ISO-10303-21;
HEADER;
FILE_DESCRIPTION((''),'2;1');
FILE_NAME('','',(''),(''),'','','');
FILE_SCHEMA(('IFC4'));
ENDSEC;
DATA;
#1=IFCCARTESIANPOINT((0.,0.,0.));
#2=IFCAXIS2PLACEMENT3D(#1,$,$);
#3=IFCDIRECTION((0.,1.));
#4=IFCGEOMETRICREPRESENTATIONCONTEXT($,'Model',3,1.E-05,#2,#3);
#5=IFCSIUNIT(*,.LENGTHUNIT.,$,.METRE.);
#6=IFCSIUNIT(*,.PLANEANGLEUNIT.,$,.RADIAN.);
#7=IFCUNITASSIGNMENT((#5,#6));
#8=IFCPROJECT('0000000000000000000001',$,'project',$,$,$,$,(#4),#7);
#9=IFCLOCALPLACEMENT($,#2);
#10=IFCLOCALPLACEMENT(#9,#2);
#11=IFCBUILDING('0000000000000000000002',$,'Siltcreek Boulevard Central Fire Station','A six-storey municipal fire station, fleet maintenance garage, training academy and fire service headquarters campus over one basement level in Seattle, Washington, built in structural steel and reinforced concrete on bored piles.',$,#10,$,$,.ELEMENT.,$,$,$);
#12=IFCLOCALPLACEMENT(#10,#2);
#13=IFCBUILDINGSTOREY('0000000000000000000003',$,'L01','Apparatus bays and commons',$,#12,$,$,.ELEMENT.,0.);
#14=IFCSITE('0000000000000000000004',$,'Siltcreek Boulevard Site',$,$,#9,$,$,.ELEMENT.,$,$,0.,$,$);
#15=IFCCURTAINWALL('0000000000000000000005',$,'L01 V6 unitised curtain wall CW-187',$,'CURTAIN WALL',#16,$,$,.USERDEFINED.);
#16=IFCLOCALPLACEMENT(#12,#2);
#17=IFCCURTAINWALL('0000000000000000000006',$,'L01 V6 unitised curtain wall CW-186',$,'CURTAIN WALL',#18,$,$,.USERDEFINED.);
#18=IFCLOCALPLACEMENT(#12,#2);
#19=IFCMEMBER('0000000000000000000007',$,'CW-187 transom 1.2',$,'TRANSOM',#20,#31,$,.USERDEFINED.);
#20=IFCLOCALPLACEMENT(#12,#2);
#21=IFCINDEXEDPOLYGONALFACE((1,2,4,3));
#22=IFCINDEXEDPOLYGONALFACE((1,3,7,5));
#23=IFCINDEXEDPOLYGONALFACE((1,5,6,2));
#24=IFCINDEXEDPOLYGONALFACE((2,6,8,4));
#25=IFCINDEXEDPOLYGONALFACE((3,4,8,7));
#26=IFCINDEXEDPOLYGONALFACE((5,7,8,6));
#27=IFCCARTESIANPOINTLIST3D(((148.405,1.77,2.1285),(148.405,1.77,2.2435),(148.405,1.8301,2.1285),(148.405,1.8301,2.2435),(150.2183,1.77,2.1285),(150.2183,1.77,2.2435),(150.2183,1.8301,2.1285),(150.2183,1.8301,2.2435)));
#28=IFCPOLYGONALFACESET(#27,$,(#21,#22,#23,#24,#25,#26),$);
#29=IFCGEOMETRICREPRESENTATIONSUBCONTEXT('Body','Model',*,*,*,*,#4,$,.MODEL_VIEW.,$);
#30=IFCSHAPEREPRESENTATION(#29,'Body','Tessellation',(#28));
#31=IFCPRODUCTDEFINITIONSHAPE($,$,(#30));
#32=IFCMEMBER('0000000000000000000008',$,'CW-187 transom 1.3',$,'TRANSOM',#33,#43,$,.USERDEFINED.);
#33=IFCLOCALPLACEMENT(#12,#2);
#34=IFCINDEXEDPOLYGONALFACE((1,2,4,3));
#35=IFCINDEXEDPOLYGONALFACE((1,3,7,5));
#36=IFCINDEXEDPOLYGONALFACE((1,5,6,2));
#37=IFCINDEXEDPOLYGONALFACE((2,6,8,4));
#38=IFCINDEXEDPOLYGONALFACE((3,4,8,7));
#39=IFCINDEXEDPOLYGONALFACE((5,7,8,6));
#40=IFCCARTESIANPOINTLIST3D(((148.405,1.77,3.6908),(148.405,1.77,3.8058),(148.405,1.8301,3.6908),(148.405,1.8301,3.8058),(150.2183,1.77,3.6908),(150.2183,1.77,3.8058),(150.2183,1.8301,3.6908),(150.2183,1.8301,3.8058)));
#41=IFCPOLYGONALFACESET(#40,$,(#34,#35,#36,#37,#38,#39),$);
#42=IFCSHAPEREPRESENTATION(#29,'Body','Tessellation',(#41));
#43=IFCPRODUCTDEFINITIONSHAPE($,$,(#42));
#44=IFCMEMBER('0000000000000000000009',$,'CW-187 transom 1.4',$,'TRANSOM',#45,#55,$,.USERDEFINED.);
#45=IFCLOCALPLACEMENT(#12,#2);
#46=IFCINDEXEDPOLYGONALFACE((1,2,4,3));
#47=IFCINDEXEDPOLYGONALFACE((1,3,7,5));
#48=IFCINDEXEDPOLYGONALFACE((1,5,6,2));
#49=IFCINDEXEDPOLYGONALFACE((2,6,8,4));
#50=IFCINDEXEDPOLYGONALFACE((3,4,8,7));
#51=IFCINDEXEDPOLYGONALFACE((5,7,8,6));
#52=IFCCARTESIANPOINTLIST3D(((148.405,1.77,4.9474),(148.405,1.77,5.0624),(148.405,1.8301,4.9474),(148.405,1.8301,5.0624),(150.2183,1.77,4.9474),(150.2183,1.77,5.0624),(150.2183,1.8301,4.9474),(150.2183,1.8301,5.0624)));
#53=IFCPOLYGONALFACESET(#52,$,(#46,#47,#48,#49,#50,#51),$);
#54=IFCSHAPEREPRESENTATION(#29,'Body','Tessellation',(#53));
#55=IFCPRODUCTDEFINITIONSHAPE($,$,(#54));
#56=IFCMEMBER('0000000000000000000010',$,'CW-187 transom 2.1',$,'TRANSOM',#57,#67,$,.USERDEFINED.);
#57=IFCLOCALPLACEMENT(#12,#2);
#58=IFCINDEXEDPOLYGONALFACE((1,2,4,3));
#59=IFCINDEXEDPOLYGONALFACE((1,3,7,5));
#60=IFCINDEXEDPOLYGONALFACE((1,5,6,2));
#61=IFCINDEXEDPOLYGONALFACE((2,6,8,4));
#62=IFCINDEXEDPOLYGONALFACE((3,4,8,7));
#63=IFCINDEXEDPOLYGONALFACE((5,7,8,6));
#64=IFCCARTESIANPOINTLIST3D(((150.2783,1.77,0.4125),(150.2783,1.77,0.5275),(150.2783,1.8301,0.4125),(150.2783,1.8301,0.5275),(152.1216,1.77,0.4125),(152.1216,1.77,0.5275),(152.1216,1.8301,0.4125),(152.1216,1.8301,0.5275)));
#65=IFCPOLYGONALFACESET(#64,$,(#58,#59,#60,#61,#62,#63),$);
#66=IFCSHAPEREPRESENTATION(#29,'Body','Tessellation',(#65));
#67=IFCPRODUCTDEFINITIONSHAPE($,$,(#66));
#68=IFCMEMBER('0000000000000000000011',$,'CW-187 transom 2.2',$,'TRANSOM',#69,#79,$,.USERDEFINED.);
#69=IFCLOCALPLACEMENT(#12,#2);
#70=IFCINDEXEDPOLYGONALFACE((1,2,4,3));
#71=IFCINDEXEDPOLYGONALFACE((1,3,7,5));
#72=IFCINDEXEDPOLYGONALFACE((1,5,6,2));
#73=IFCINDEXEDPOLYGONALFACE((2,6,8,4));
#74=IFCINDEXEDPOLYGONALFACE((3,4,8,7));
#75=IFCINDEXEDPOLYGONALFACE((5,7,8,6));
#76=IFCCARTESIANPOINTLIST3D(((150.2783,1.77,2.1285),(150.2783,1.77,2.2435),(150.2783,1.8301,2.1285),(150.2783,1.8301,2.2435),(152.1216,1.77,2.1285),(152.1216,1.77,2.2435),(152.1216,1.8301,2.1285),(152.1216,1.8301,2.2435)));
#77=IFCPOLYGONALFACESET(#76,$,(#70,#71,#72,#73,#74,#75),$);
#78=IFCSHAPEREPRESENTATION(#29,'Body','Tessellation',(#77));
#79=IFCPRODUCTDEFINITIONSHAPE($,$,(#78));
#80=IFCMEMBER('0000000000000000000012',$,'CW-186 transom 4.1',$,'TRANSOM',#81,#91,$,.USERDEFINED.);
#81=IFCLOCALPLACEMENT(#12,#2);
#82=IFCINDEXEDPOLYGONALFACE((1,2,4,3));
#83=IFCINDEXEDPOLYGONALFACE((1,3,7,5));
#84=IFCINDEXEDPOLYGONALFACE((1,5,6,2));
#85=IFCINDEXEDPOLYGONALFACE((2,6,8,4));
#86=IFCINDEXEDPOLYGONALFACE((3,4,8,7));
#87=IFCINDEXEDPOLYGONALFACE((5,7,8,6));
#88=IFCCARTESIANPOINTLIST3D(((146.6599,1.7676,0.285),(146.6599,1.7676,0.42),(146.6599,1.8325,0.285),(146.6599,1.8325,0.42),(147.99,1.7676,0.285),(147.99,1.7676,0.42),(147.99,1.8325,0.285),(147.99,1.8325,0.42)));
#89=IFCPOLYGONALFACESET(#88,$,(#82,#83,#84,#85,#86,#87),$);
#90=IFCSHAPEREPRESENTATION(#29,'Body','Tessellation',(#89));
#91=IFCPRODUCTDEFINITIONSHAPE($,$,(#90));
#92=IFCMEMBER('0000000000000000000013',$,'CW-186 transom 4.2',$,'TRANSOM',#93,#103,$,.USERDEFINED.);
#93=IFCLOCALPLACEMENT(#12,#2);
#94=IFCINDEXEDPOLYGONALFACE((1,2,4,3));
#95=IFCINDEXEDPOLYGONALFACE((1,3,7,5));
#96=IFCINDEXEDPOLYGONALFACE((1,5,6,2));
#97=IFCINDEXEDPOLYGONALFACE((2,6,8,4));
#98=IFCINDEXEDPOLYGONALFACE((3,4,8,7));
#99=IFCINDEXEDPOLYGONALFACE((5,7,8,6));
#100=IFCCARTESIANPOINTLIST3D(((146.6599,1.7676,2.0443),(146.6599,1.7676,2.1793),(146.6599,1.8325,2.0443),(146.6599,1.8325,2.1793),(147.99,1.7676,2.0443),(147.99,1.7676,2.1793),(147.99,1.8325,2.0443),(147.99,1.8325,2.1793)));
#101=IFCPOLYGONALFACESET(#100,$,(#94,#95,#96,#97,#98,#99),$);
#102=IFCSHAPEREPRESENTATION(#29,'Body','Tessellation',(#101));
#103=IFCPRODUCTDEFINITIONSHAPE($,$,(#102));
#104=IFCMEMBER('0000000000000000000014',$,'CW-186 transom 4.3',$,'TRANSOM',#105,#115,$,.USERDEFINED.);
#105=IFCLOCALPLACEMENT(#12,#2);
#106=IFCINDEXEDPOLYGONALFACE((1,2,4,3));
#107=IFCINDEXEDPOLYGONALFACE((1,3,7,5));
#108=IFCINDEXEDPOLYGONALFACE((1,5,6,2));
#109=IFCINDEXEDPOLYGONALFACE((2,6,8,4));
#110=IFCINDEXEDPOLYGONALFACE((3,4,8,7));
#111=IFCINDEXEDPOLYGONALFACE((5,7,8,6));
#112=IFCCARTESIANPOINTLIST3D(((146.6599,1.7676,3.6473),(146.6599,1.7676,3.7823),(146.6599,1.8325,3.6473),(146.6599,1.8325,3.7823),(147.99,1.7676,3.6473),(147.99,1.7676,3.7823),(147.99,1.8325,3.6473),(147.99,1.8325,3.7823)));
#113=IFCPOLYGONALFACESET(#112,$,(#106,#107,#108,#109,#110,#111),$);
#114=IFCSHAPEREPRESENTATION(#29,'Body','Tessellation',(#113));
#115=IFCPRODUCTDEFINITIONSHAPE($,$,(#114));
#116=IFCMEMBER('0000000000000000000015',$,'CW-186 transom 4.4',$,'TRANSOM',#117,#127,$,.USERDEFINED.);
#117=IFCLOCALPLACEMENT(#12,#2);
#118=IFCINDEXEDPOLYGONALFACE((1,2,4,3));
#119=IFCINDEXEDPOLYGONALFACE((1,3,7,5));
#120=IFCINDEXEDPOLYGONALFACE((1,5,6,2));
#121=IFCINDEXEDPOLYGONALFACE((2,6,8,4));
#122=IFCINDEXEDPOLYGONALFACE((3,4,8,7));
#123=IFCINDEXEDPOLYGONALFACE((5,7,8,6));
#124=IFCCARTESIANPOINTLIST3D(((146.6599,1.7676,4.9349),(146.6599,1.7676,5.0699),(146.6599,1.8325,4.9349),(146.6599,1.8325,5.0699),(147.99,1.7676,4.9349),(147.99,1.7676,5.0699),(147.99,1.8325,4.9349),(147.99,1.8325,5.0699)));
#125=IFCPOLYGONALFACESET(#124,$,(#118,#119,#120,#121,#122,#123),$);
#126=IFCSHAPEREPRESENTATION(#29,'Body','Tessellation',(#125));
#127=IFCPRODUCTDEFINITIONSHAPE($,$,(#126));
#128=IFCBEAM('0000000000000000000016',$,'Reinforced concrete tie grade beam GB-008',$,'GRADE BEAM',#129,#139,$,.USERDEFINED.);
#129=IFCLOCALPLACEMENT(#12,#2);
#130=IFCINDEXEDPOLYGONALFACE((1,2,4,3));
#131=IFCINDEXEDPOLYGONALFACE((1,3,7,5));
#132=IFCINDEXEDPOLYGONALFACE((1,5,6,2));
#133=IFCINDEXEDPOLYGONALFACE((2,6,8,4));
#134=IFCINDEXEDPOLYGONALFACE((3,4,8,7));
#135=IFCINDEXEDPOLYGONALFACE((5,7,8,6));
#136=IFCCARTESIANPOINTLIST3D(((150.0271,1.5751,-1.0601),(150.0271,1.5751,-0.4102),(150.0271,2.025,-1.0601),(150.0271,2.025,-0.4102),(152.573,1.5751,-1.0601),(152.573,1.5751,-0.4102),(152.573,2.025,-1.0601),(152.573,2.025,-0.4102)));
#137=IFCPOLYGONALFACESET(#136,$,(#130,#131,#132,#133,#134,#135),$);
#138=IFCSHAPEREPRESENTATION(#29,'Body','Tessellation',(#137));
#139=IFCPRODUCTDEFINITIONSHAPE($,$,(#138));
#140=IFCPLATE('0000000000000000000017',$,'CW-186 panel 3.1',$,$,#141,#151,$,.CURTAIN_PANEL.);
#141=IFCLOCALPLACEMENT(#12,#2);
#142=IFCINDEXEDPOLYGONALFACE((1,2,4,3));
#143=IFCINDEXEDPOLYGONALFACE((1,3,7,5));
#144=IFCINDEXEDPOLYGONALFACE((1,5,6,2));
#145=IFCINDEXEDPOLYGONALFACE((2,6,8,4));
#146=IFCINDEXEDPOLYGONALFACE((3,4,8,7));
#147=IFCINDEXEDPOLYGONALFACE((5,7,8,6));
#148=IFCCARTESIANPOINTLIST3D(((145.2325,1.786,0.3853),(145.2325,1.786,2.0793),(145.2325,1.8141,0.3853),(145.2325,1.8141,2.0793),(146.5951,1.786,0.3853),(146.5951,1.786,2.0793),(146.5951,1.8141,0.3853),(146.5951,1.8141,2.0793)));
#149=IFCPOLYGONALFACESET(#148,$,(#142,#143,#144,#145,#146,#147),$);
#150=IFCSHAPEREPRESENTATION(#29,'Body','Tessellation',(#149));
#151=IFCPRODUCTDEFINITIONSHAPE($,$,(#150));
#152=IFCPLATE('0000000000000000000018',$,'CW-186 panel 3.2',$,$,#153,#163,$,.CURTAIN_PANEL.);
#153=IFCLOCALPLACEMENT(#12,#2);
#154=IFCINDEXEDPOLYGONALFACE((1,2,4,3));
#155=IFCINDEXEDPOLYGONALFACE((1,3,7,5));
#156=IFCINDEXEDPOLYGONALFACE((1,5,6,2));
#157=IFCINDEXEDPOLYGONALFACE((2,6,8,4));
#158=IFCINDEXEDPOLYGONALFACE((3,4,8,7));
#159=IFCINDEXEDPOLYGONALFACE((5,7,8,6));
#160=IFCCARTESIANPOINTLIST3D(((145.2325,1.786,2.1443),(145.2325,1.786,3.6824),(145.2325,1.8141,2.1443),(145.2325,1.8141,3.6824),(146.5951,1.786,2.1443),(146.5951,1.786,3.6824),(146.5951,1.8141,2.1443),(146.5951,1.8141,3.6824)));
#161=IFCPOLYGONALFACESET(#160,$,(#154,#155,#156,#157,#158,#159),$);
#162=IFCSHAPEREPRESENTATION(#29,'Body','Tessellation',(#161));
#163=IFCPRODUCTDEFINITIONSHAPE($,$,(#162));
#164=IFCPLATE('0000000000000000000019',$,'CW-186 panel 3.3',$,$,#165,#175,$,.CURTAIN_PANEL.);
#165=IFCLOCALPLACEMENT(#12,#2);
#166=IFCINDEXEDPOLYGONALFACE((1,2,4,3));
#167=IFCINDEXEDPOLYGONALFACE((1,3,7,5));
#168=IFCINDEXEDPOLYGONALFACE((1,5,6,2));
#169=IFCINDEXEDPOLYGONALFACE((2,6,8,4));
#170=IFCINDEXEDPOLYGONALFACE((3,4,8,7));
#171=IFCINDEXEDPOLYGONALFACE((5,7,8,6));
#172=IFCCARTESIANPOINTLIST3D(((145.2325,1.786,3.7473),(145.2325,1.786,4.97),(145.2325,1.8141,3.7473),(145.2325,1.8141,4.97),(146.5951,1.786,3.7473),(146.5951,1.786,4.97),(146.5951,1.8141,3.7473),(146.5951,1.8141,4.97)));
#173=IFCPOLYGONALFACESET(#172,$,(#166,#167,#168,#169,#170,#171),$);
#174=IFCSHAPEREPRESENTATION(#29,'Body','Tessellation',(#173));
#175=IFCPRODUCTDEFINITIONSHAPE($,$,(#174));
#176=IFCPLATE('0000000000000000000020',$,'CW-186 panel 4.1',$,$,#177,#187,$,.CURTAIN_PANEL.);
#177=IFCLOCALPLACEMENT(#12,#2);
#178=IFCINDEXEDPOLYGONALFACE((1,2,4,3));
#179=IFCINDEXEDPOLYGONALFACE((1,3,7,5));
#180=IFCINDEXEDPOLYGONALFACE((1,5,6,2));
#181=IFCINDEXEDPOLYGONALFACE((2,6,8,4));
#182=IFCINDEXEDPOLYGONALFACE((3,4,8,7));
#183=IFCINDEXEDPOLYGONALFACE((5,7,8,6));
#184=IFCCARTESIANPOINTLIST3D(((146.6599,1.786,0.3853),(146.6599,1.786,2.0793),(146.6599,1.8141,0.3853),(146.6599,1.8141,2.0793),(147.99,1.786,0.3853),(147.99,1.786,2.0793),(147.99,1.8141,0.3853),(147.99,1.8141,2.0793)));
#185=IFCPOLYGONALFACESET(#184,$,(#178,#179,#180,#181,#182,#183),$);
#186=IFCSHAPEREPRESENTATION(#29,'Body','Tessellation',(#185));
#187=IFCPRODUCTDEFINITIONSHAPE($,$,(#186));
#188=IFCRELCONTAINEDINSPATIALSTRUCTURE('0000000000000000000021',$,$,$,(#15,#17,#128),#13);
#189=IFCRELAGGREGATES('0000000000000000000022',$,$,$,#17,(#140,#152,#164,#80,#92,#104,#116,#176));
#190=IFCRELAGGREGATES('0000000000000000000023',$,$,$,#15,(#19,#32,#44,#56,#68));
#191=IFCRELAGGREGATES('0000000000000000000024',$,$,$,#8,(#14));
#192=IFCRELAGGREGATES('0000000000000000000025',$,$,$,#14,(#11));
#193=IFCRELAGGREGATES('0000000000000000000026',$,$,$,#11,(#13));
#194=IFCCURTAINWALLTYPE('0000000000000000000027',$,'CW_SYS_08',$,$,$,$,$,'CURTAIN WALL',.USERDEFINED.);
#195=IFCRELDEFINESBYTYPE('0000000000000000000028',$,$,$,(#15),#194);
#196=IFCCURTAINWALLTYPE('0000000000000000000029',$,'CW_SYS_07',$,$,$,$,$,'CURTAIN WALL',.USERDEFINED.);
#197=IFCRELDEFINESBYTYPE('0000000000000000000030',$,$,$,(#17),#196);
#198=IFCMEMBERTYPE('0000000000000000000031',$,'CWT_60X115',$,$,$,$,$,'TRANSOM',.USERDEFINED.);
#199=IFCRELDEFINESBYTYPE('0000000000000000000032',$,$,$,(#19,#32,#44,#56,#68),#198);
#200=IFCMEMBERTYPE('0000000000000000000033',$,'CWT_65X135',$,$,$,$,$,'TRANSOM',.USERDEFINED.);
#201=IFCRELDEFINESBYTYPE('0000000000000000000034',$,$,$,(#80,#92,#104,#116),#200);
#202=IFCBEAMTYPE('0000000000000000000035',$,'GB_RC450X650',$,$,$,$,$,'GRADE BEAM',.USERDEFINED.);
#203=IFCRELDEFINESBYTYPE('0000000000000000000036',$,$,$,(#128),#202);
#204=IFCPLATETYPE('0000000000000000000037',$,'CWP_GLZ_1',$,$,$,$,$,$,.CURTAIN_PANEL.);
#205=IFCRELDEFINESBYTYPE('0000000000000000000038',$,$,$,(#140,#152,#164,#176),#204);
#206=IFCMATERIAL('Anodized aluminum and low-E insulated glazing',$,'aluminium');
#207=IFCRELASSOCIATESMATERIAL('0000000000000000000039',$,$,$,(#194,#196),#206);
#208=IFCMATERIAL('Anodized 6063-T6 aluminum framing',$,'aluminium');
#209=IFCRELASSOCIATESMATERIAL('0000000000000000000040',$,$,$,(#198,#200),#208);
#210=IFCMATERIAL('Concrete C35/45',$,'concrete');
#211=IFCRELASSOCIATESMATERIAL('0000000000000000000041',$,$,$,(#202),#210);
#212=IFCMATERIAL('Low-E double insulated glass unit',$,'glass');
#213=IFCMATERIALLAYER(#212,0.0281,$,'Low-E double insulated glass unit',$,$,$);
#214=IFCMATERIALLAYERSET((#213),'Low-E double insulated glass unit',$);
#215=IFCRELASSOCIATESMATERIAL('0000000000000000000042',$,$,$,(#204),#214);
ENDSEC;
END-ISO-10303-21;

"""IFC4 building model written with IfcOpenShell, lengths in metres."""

from ifc_helpers import new_model, si_unit, direction, frame, origin, origin_2d, place, context, subcontext, project, spatial, rectangle, extrude, material, layer, layer_set, material_profile, profile_set, type_object, element, aggregate, save


model = new_model("IFC4")

# Units and contexts
model_context = context("Model", 3, precision=1e-05, world=origin(), true_north=direction((0.0, 1.0)))
body_context = subcontext(model_context, "Body", "Model", "MODEL_VIEW")
ifc_project = project(units=[si_unit("LENGTHUNIT", "METRE"), si_unit("PLANEANGLEUNIT", "RADIAN")], contexts=[model_context])

# Site, building, storey
site_placement = place(None, origin())
site = spatial("IfcSite", under=ifc_project, at=site_placement, Name="Siltcreek Boulevard Site", CompositionType="ELEMENT", RefElevation=0.0)
building_placement = place(site_placement, origin())
building = spatial("IfcBuilding", under=site, at=building_placement, Name="Siltcreek Boulevard Central Fire Station", Description="A six-storey municipal fire station, fleet maintenance garage, training academy and fire service headquarters campus over one basement level in Seattle, Washington, built in structural steel and reinforced concrete on bored piles.", CompositionType="ELEMENT")
storey_placement = place(building_placement, origin())
storey = spatial("IfcBuildingStorey", under=building, at=storey_placement, Name="L01", Description="Apparatus bays and commons", CompositionType="ELEMENT", Elevation=0.0)

# Shared definitions
ifc_material_1 = material(Name="Concrete C35/45", Category="concrete")

# Curtain walls
ifc_material_2 = material(Name="Anodized aluminum and low-E insulated glazing", Category="aluminium")
curtain_wall_type_1 = type_object("IfcCurtainWallType", Name="CW_SYS_08", ElementType="CURTAIN WALL", PredefinedType="USERDEFINED", material=ifc_material_2)
curtain_wall_1_placement = place(storey_placement, origin())
curtain_wall_1 = element("IfcCurtainWall", 1, at=curtain_wall_1_placement, inside=storey, type_object=curtain_wall_type_1, Name="L01 V6 unitised curtain wall CW-187", ObjectType="CURTAIN WALL", PredefinedType="USERDEFINED")
ifc_material_3 = material(Name="Anodized 6063-T6 aluminum framing", Category="aluminium")
curtain_wall_type_2 = type_object("IfcCurtainWallType", Name="CW_SYS_07", ElementType="CURTAIN WALL", PredefinedType="USERDEFINED", material=ifc_material_2)
curtain_wall_2_placement = place(storey_placement, origin())
curtain_wall_2 = element("IfcCurtainWall", 2, at=curtain_wall_2_placement, inside=storey, type_object=curtain_wall_type_2, Name="L01 V6 unitised curtain wall CW-186", ObjectType="CURTAIN WALL", PredefinedType="USERDEFINED")

# Members
ifc_material_profile_1 = material_profile(ifc_material_3, rectangle(XDim=0.0601, YDim=0.115, at=origin_2d()), Name="TRAN60X115")
ifc_profile_set_1 = profile_set([ifc_material_profile_1], Name="Anodized 6063-T6 aluminum framing")
member_type_1 = type_object("IfcMemberType", Name="CWT_60X115", ElementType="TRANSOM", PredefinedType="USERDEFINED", material=ifc_profile_set_1)
member_1_placement = place(storey_placement, frame((148.405, 1.8, 2.186), z_axis=(1.0, 0.0, 0.0), x_axis=(0.0, 1.0, 0.0)))
member_1 = element("IfcMember", 3, at=member_1_placement, type_object=member_type_1, Name="CW-187 transom 1.2", ObjectType="TRANSOM", PredefinedType="USERDEFINED", context=body_context, shape_type="SweptSolid", body=[
    extrude(rectangle(XDim=0.0601, YDim=0.115, at=origin_2d()), origin(), (0.0, 0.0, 1.0), 1.8132),
])
member_2_placement = place(storey_placement, frame((148.405, 1.8, 3.7483), z_axis=(1.0, 0.0, 0.0), x_axis=(0.0, 1.0, 0.0)))
member_2 = element("IfcMember", 4, at=member_2_placement, type_object=member_type_1, Name="CW-187 transom 1.3", ObjectType="TRANSOM", PredefinedType="USERDEFINED", context=body_context, shape_type="SweptSolid", body=[
    extrude(rectangle(XDim=0.0601, YDim=0.115, at=origin_2d()), origin(), (0.0, 0.0, 1.0), 1.8132),
])
member_3_placement = place(storey_placement, frame((148.405, 1.8, 5.0049), z_axis=(1.0, 0.0, 0.0), x_axis=(0.0, 1.0, 0.0)))
member_3 = element("IfcMember", 5, at=member_3_placement, type_object=member_type_1, Name="CW-187 transom 1.4", ObjectType="TRANSOM", PredefinedType="USERDEFINED", context=body_context, shape_type="SweptSolid", body=[
    extrude(rectangle(XDim=0.0601, YDim=0.115, at=origin_2d()), origin(), (0.0, 0.0, 1.0), 1.8132),
])
member_4_placement = place(storey_placement, frame((150.2783, 1.8, 0.47), z_axis=(1.0, 0.0, 0.0), x_axis=(0.0, 1.0, 0.0)))
member_4 = element("IfcMember", 6, at=member_4_placement, type_object=member_type_1, Name="CW-187 transom 2.1", ObjectType="TRANSOM", PredefinedType="USERDEFINED", context=body_context, shape_type="SweptSolid", body=[
    extrude(rectangle(XDim=0.0601, YDim=0.115, at=origin_2d()), origin(), (0.0, 0.0, 1.0), 1.8433),
])
member_5_placement = place(storey_placement, frame((150.2783, 1.8, 2.186), z_axis=(1.0, 0.0, 0.0), x_axis=(0.0, 1.0, 0.0)))
member_5 = element("IfcMember", 7, at=member_5_placement, type_object=member_type_1, Name="CW-187 transom 2.2", ObjectType="TRANSOM", PredefinedType="USERDEFINED", context=body_context, shape_type="SweptSolid", body=[
    extrude(rectangle(XDim=0.0601, YDim=0.115, at=origin_2d()), origin(), (0.0, 0.0, 1.0), 1.8433),
])
ifc_material_profile_2 = material_profile(ifc_material_3, rectangle(XDim=0.0649, YDim=0.135, at=origin_2d()), Name="TRAN65X135")
ifc_profile_set_2 = profile_set([ifc_material_profile_2], Name="Anodized 6063-T6 aluminum framing")
member_type_2 = type_object("IfcMemberType", Name="CWT_65X135", ElementType="TRANSOM", PredefinedType="USERDEFINED", material=ifc_profile_set_2)
member_6_placement = place(storey_placement, frame((146.6599, 1.8, 0.3525), z_axis=(1.0, 0.0, 0.0), x_axis=(0.0, 1.0, 0.0)))
member_6 = element("IfcMember", 8, at=member_6_placement, type_object=member_type_2, Name="CW-186 transom 4.1", ObjectType="TRANSOM", PredefinedType="USERDEFINED", context=body_context, shape_type="SweptSolid", body=[
    extrude(rectangle(XDim=0.0649, YDim=0.135, at=origin_2d()), origin(), (0.0, 0.0, 1.0), 1.3301),
])
member_7_placement = place(storey_placement, frame((146.6599, 1.8, 2.1118), z_axis=(1.0, 0.0, 0.0), x_axis=(0.0, 1.0, 0.0)))
member_7 = element("IfcMember", 9, at=member_7_placement, type_object=member_type_2, Name="CW-186 transom 4.2", ObjectType="TRANSOM", PredefinedType="USERDEFINED", context=body_context, shape_type="SweptSolid", body=[
    extrude(rectangle(XDim=0.0649, YDim=0.135, at=origin_2d()), origin(), (0.0, 0.0, 1.0), 1.3301),
])
member_8_placement = place(storey_placement, frame((146.6599, 1.8, 3.7148), z_axis=(1.0, 0.0, 0.0), x_axis=(0.0, 1.0, 0.0)))
member_8 = element("IfcMember", 10, at=member_8_placement, type_object=member_type_2, Name="CW-186 transom 4.3", ObjectType="TRANSOM", PredefinedType="USERDEFINED", context=body_context, shape_type="SweptSolid", body=[
    extrude(rectangle(XDim=0.0649, YDim=0.135, at=origin_2d()), origin(), (0.0, 0.0, 1.0), 1.3301),
])
member_9_placement = place(storey_placement, frame((146.6599, 1.8, 5.0024), z_axis=(1.0, 0.0, 0.0), x_axis=(0.0, 1.0, 0.0)))
member_9 = element("IfcMember", 11, at=member_9_placement, type_object=member_type_2, Name="CW-186 transom 4.4", ObjectType="TRANSOM", PredefinedType="USERDEFINED", context=body_context, shape_type="SweptSolid", body=[
    extrude(rectangle(XDim=0.0649, YDim=0.135, at=origin_2d()), origin(), (0.0, 0.0, 1.0), 1.3301),
])

# Beam
ifc_material_profile_3 = material_profile(ifc_material_1, rectangle(XDim=0.45, YDim=0.6499, at=origin_2d()), Name="RC450X650")
ifc_profile_set_3 = profile_set([ifc_material_profile_3], Name="Concrete C35/45")
beam_type = type_object("IfcBeamType", Name="GB_RC450X650", ElementType="GRADE BEAM", PredefinedType="USERDEFINED", material=ifc_profile_set_3)
beam_placement = place(storey_placement, frame((150.0271, 1.8, -0.7351), z_axis=(1.0, 0.0, 0.0), x_axis=(0.0, 1.0, 0.0)))
element("IfcBeam", 12, at=beam_placement, inside=storey, type_object=beam_type, Name="Reinforced concrete tie grade beam GB-008", ObjectType="GRADE BEAM", PredefinedType="USERDEFINED", context=body_context, shape_type="SweptSolid", body=[
    extrude(rectangle(XDim=0.45, YDim=0.6499, at=origin_2d()), origin(), (0.0, 0.0, 1.0), 2.5459),
])

# Plates
ifc_material_4 = material(Name="Low-E double insulated glass unit", Category="glass")
ifc_layer_1 = layer(ifc_material_4, 0.0281, Name="Low-E double insulated glass unit")
ifc_layer_set_1 = layer_set([ifc_layer_1], Name="Low-E double insulated glass unit")
plate_type_1 = type_object("IfcPlateType", Name="CWP_GLZ_1", PredefinedType="CURTAIN_PANEL", material=ifc_layer_set_1)
plate_1_placement = place(storey_placement, frame((145.9138, 1.8, 0.3853), z_axis=(0.0, 0.0, 1.0), x_axis=(1.0, 0.0, 0.0)))
plate_1 = element("IfcPlate", 13, at=plate_1_placement, type_object=plate_type_1, Name="CW-186 panel 3.1", PredefinedType="CURTAIN_PANEL", context=body_context, shape_type="SweptSolid", body=[
    extrude(rectangle(XDim=1.3625, YDim=0.0281, at=origin_2d()), origin(), (0.0, 0.0, 1.0), 1.6941),
])
plate_2_placement = place(storey_placement, frame((145.9138, 1.8, 2.1443), z_axis=(0.0, 0.0, 1.0), x_axis=(1.0, 0.0, 0.0)))
plate_2 = element("IfcPlate", 14, at=plate_2_placement, type_object=plate_type_1, Name="CW-186 panel 3.2", PredefinedType="CURTAIN_PANEL", context=body_context, shape_type="SweptSolid", body=[
    extrude(rectangle(XDim=1.3625, YDim=0.0281, at=origin_2d()), origin(), (0.0, 0.0, 1.0), 1.5381),
])
plate_3_placement = place(storey_placement, frame((145.9138, 1.8, 3.7473), z_axis=(0.0, 0.0, 1.0), x_axis=(1.0, 0.0, 0.0)))
plate_3 = element("IfcPlate", 15, at=plate_3_placement, type_object=plate_type_1, Name="CW-186 panel 3.3", PredefinedType="CURTAIN_PANEL", context=body_context, shape_type="SweptSolid", body=[
    extrude(rectangle(XDim=1.3625, YDim=0.0281, at=origin_2d()), origin(), (0.0, 0.0, 1.0), 1.2227),
])
plate_4_placement = place(storey_placement, frame((147.325, 1.8, 0.3853), z_axis=(0.0, 0.0, 1.0), x_axis=(1.0, 0.0, 0.0)))
plate_4 = element("IfcPlate", 16, at=plate_4_placement, type_object=plate_type_1, Name="CW-186 panel 4.1", PredefinedType="CURTAIN_PANEL", context=body_context, shape_type="SweptSolid", body=[
    extrude(rectangle(XDim=1.3301, YDim=0.0281, at=origin_2d()), origin(), (0.0, 0.0, 1.0), 1.6941),
])
aggregate(curtain_wall_2, [plate_1, plate_2, plate_3, member_6, member_7, member_8, member_9, plate_4])
aggregate(curtain_wall_1, [member_1, member_2, member_3, member_4, member_5])

save(model, "model.ifc")
